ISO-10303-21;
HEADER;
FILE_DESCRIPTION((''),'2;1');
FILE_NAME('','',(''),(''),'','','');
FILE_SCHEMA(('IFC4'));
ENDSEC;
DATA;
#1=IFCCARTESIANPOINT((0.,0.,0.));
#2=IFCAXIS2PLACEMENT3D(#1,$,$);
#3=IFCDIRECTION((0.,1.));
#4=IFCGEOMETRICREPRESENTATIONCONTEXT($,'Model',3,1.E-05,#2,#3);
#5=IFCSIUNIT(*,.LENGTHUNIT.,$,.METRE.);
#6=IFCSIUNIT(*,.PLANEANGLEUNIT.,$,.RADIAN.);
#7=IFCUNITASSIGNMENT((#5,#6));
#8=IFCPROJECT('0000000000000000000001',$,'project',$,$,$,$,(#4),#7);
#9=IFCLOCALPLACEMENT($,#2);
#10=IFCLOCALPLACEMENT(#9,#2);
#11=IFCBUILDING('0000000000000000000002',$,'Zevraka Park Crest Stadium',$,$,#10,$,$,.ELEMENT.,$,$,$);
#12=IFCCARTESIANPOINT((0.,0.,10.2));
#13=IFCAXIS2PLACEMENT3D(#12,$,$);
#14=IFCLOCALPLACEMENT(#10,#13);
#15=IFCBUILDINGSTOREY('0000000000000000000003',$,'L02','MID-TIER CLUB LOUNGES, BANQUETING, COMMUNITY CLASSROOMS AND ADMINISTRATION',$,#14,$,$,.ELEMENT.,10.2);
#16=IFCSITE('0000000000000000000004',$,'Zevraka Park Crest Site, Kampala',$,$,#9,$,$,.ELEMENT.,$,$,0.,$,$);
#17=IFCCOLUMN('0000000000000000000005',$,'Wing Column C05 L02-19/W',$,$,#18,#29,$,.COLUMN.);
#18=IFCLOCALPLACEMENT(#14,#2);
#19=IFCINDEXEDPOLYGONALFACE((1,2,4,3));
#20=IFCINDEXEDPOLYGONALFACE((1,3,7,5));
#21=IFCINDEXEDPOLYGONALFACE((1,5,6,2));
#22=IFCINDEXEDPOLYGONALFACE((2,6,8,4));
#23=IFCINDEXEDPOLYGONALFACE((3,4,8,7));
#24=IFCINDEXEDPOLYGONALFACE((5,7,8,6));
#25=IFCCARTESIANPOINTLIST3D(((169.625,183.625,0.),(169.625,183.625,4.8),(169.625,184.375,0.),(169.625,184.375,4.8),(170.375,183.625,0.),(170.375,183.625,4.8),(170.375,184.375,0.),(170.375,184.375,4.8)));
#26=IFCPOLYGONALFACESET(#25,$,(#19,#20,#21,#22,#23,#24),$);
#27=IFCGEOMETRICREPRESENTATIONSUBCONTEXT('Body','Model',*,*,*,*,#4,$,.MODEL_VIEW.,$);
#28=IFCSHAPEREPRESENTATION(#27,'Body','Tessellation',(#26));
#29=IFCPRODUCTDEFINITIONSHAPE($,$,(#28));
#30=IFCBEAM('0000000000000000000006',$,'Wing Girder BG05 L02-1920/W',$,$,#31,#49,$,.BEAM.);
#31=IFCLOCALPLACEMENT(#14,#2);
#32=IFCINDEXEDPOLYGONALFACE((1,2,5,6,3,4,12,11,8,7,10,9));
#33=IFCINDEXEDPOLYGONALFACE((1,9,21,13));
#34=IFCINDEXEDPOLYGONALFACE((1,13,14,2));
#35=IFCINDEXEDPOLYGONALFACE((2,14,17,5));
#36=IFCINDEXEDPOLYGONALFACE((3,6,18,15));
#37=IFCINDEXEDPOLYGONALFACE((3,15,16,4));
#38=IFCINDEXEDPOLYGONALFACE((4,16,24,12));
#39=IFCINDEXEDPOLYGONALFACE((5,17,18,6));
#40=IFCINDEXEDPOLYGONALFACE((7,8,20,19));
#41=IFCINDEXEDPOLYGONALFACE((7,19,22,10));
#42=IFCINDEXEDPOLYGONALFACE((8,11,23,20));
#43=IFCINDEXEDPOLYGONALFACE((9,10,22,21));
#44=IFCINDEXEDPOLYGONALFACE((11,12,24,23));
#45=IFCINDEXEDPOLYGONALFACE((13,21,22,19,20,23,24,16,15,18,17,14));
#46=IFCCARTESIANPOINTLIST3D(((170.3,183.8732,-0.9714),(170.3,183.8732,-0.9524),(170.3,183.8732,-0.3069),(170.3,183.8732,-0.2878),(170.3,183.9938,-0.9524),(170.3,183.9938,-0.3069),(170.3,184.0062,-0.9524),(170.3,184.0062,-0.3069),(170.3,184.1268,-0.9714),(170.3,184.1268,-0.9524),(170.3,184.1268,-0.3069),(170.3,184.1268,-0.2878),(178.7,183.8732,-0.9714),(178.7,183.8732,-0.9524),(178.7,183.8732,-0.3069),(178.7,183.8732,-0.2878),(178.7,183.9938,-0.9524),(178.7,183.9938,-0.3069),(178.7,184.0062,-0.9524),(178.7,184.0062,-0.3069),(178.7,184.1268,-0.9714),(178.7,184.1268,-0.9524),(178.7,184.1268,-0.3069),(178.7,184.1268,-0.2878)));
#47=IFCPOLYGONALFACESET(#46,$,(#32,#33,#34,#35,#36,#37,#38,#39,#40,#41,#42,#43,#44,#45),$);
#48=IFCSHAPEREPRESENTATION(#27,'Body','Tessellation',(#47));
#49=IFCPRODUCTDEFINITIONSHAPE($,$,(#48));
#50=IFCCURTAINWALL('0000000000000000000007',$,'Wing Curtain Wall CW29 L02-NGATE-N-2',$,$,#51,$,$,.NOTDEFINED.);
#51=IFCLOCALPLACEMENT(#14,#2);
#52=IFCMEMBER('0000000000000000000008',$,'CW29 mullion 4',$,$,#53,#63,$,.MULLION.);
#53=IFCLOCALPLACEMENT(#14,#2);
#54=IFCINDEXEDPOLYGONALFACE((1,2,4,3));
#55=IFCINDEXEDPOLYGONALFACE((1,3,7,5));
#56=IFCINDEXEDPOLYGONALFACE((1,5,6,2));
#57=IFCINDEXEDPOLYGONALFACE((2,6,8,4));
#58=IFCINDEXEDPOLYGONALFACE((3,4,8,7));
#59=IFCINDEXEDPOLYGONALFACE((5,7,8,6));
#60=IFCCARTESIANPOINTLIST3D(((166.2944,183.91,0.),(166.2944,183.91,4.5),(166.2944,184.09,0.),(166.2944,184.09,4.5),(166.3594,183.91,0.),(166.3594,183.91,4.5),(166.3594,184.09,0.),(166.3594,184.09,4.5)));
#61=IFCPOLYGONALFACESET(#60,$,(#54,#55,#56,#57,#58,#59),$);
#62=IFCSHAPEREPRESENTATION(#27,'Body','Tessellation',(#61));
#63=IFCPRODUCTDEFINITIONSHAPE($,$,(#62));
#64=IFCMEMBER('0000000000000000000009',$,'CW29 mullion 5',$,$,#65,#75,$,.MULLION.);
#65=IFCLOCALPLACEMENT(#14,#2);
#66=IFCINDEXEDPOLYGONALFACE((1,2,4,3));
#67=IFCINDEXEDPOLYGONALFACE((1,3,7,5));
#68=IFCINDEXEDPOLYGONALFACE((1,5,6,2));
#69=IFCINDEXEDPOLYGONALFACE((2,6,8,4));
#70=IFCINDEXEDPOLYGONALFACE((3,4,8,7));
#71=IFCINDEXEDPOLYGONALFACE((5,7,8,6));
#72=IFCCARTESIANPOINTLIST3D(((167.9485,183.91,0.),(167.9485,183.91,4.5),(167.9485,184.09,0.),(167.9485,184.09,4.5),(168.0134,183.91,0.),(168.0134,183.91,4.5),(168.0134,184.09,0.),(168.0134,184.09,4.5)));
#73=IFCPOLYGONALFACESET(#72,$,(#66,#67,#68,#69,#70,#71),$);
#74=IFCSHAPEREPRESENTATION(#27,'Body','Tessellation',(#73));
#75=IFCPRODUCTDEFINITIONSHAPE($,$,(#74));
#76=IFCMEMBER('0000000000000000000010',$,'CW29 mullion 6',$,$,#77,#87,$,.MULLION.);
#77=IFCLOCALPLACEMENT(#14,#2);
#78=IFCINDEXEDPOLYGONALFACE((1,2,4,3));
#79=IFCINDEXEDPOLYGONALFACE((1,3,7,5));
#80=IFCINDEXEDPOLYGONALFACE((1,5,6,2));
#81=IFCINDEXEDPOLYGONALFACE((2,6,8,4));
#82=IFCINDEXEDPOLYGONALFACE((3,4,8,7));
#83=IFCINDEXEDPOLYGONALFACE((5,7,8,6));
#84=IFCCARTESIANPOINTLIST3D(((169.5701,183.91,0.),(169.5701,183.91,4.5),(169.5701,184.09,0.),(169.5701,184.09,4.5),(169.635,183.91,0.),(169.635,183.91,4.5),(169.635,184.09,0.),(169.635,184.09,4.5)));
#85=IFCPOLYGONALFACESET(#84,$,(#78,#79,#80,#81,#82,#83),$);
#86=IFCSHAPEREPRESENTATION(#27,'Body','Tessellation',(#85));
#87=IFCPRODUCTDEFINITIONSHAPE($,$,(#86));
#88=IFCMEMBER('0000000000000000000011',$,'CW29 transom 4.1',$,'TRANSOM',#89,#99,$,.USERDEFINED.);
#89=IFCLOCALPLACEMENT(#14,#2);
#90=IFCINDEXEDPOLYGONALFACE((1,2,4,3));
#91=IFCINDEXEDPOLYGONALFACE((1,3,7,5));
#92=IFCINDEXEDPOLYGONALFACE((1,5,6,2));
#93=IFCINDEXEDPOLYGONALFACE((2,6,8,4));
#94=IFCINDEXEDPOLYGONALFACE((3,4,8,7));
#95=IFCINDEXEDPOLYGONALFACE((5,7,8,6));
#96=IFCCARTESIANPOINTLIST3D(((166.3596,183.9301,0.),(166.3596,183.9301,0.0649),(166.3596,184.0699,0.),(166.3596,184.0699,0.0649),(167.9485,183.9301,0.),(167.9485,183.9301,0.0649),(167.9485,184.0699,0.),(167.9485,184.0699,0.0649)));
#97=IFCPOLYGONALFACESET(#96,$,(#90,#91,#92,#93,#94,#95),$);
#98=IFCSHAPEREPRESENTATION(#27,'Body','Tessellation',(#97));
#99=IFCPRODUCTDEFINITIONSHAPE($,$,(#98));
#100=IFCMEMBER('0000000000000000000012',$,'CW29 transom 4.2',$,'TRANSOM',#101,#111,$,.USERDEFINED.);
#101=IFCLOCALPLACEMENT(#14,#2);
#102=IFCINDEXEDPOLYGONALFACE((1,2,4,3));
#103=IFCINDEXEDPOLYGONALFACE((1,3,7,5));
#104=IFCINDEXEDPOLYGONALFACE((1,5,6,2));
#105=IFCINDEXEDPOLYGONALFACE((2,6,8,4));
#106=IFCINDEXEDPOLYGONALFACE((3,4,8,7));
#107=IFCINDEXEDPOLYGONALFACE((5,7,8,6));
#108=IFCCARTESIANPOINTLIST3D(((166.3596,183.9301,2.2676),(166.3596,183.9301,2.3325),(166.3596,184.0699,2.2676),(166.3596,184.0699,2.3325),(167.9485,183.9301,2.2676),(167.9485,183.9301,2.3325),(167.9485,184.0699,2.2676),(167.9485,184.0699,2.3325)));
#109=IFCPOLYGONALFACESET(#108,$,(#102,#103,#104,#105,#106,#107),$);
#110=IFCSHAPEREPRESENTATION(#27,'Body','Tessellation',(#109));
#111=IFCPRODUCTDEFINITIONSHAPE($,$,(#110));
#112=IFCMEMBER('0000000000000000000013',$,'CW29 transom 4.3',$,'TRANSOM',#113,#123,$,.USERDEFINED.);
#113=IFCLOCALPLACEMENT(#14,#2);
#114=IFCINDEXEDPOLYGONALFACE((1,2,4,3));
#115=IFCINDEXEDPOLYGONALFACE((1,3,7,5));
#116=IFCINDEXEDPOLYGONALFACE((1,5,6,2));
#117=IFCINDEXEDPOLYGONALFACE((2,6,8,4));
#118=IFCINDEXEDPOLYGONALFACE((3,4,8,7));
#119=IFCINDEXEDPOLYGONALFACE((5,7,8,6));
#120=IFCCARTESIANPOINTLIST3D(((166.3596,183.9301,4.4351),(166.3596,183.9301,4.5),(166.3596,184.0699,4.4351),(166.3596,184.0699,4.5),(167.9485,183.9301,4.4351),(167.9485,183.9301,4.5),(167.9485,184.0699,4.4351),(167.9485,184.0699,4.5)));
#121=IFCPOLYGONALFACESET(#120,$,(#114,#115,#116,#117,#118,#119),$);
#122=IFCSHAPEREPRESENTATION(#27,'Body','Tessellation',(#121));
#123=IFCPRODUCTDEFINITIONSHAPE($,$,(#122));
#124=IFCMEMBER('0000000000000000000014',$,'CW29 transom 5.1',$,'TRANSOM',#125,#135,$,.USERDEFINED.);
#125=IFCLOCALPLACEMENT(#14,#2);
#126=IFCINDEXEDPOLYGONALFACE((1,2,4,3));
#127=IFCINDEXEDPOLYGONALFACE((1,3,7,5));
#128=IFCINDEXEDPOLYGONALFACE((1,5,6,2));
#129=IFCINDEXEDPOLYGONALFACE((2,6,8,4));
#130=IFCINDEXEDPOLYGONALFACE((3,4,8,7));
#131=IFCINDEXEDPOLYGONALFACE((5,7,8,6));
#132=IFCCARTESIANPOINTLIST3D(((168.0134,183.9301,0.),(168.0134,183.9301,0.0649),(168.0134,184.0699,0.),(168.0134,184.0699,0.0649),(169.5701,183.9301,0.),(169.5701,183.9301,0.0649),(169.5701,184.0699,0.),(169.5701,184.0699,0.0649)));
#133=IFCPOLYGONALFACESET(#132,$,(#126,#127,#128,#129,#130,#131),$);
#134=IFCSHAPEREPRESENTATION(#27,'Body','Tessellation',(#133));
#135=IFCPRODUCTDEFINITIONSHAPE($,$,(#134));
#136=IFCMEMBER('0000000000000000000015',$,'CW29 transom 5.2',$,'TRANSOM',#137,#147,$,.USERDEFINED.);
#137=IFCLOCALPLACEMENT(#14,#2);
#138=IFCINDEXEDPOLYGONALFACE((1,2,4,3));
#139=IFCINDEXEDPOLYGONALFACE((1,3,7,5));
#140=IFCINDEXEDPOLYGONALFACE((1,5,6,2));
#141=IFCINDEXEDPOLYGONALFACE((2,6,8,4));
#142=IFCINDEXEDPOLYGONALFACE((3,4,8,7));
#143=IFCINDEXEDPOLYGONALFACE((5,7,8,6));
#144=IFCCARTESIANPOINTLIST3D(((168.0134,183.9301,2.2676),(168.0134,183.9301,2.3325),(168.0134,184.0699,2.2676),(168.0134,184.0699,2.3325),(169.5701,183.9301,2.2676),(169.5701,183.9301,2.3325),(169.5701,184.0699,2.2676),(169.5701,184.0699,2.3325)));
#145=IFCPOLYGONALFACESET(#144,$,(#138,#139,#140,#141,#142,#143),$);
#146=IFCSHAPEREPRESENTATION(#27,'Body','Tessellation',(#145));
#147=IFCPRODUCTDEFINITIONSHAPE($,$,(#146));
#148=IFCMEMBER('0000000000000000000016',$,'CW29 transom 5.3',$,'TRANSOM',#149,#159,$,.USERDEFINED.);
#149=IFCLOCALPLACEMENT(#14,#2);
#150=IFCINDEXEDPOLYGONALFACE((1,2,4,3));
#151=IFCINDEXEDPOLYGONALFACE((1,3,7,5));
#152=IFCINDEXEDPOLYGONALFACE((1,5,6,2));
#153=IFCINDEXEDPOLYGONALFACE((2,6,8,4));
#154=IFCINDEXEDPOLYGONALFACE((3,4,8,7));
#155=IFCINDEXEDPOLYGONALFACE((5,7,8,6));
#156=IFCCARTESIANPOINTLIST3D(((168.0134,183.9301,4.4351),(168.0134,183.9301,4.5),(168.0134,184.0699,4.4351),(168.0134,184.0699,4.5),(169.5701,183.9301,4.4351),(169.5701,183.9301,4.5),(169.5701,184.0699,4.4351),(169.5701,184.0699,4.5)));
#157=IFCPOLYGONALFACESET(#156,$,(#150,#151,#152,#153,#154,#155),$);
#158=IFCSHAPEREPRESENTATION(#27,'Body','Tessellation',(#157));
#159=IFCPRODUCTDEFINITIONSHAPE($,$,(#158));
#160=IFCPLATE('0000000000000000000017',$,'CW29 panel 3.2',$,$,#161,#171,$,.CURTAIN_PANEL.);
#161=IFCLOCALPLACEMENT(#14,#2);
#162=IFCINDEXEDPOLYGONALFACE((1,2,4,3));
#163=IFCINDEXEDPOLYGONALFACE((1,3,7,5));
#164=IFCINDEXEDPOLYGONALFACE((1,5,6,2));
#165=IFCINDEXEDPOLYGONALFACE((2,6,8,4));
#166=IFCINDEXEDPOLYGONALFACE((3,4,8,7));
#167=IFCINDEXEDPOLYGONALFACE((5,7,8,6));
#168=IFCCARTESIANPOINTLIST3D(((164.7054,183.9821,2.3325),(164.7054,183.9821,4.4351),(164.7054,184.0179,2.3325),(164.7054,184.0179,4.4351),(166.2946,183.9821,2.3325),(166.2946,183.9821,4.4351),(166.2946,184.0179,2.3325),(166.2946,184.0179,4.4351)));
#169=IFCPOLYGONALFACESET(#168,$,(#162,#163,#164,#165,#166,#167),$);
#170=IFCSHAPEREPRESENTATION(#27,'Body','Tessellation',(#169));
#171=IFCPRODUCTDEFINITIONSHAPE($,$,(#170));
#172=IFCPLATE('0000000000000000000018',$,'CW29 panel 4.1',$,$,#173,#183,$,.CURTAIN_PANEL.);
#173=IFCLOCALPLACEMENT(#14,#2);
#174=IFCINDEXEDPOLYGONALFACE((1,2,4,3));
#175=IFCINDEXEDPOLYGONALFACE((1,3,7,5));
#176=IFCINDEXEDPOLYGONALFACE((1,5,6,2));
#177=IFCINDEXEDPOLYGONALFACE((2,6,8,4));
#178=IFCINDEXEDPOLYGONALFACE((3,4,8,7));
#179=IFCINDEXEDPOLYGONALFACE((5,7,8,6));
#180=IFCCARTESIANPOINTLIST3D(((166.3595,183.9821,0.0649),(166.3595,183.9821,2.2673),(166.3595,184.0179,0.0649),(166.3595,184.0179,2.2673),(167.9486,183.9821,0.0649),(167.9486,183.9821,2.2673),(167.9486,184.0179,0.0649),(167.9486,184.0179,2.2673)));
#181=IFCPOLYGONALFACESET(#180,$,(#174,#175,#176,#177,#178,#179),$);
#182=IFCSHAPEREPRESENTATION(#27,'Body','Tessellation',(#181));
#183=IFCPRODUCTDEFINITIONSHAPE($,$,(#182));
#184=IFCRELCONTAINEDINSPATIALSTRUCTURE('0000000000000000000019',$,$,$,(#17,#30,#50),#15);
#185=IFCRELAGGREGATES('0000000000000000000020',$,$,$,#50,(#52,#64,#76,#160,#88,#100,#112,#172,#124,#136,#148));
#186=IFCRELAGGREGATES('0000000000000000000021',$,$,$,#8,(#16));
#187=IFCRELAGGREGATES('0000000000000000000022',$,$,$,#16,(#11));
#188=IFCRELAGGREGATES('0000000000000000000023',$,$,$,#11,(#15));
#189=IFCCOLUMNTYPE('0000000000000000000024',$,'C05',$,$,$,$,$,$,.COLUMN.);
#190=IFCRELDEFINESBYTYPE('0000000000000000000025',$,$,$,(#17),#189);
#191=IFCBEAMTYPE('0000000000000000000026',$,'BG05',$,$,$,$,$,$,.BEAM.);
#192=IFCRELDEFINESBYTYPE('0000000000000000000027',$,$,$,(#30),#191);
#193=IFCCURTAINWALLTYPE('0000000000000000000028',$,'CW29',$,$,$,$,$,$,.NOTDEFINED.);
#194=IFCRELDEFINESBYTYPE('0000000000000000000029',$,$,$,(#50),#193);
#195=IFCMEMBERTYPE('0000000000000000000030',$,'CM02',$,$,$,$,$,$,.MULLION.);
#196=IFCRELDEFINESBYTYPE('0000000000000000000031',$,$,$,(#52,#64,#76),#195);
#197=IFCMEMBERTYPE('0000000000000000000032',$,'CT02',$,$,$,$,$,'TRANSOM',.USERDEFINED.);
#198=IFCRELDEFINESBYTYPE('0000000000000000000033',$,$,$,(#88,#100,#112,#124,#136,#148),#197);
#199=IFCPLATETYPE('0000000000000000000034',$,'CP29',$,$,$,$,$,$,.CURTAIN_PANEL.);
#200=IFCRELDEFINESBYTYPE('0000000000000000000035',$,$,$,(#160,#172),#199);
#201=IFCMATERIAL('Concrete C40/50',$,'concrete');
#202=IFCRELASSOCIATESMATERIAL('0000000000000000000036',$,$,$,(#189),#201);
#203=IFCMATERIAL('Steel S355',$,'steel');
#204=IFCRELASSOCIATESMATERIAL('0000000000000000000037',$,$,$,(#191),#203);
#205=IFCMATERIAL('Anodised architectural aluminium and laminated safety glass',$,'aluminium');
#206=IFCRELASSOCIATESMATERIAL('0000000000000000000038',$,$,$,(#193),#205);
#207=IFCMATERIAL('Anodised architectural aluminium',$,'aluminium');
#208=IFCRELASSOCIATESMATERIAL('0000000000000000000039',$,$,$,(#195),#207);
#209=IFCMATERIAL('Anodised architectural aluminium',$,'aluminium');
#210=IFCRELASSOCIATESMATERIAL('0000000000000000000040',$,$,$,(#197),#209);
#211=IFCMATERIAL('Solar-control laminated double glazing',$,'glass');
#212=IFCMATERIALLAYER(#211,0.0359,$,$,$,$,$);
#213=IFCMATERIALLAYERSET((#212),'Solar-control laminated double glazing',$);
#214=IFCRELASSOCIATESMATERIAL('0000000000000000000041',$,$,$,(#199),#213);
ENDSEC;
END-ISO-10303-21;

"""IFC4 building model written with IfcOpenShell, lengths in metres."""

from ifc_helpers import new_model, si_unit, direction, frame, origin, origin_2d, place, context, subcontext, project, spatial, rectangle, i_section, extrude, material, layer, layer_set, material_profile, profile_set, type_object, element, aggregate, save


model = new_model("IFC4")

# Units and contexts
model_context = context("Model", 3, precision=1e-05, world=origin(), true_north=direction((0.0, 1.0)))
body_context = subcontext(model_context, "Body", "Model", "MODEL_VIEW")
ifc_project = project(units=[si_unit("LENGTHUNIT", "METRE"), si_unit("PLANEANGLEUNIT", "RADIAN")], contexts=[model_context])

# Site, building, storey
site_placement = place(None, origin())
site = spatial("IfcSite", under=ifc_project, at=site_placement, Name="Zevraka Park Crest Site, Kampala", CompositionType="ELEMENT", RefElevation=0.0)
building_placement = place(site_placement, origin())
building = spatial("IfcBuilding", under=site, at=building_placement, Name="Zevraka Park Crest Stadium", CompositionType="ELEMENT")
storey_placement = place(building_placement, frame((0.0, 0.0, 10.2)))
storey = spatial("IfcBuildingStorey", under=building, at=storey_placement, Name="L02", Description="MID-TIER CLUB LOUNGES, BANQUETING, COMMUNITY CLASSROOMS AND ADMINISTRATION", CompositionType="ELEMENT", Elevation=10.2)

# Column
ifc_material_1 = material(Name="Concrete C40/50", Category="concrete")
ifc_material_profile_1 = material_profile(ifc_material_1, rectangle(XDim=0.75, YDim=0.75, at=origin_2d()), Name="RC 750x750")
ifc_profile_set_1 = profile_set([ifc_material_profile_1], Name="Concrete C40/50")
column_type = type_object("IfcColumnType", Name="C05", PredefinedType="COLUMN", material=ifc_profile_set_1)
column_placement = place(storey_placement, frame((170.0, 184.0, 0.0), z_axis=(0.0, 0.0, 1.0), x_axis=(1.0, 0.0, 0.0)))
element("IfcColumn", 1, at=column_placement, inside=storey, type_object=column_type, Name="Wing Column C05 L02-19/W", PredefinedType="COLUMN", context=body_context, shape_type="SweptSolid", body=[
    extrude(rectangle(XDim=0.75, YDim=0.75, at=origin_2d()), origin(), (0.0, 0.0, 1.0), 4.8),
])

# Beam
ifc_material_2 = material(Name="Steel S355", Category="steel")
ifc_material_profile_2 = material_profile(ifc_material_2, i_section(OverallWidth=0.2537, OverallDepth=0.6836, WebThickness=0.0125, FlangeThickness=0.019, at=origin_2d()), Name="UKB 686x254x140")
ifc_profile_set_2 = profile_set([ifc_material_profile_2], Name="Steel S355")
beam_type = type_object("IfcBeamType", Name="BG05", PredefinedType="BEAM", material=ifc_profile_set_2)
beam_placement = place(storey_placement, frame((170.3, 184.0, -0.6296), z_axis=(1.0, 0.0, 0.0), x_axis=(0.0, 1.0, 0.0)))
element("IfcBeam", 2, at=beam_placement, inside=storey, type_object=beam_type, Name="Wing Girder BG05 L02-1920/W", PredefinedType="BEAM", context=body_context, shape_type="SweptSolid", body=[
    extrude(i_section(OverallWidth=0.2537, OverallDepth=0.6836, WebThickness=0.0125, FlangeThickness=0.019, at=origin_2d()), origin(), (0.0, 0.0, 1.0), 8.3999),
])

# Curtain wall, members, plates
ifc_material_3 = material(Name="Anodised architectural aluminium and laminated safety glass", Category="aluminium")
curtain_wall_type = type_object("IfcCurtainWallType", Name="CW29", PredefinedType="NOTDEFINED", material=ifc_material_3)
curtain_wall_placement = place(storey_placement, origin())
curtain_wall = element("IfcCurtainWall", 3, at=curtain_wall_placement, inside=storey, type_object=curtain_wall_type, Name="Wing Curtain Wall CW29 L02-NGATE-N-2", PredefinedType="NOTDEFINED")
ifc_material_4 = material(Name="Anodised architectural aluminium", Category="aluminium")
ifc_material_profile_3 = material_profile(ifc_material_4, rectangle(XDim=0.1799, YDim=0.0649, at=origin_2d()), Name="ALU MULLION 180x65")
ifc_profile_set_3 = profile_set([ifc_material_profile_3], Name="Anodised architectural aluminium")
member_type_1 = type_object("IfcMemberType", Name="CM02", PredefinedType="MULLION", material=ifc_profile_set_3)
member_1_placement = place(storey_placement, frame((166.3269, 184.0, 0.0), z_axis=(0.0, 0.0, 1.0), x_axis=(0.0, 1.0, 0.0)))
member_1 = element("IfcMember", 4, at=member_1_placement, type_object=member_type_1, Name="CW29 mullion 4", PredefinedType="MULLION", context=body_context, shape_type="SweptSolid", body=[
    extrude(rectangle(XDim=0.1799, YDim=0.0649, at=origin_2d()), origin(), (0.0, 0.0, 1.0), 4.5),
])
member_2_placement = place(storey_placement, frame((167.981, 184.0, 0.0), z_axis=(0.0, 0.0, 1.0), x_axis=(0.0, 1.0, 0.0)))
member_2 = element("IfcMember", 5, at=member_2_placement, type_object=member_type_1, Name="CW29 mullion 5", PredefinedType="MULLION", context=body_context, shape_type="SweptSolid", body=[
    extrude(rectangle(XDim=0.1799, YDim=0.0649, at=origin_2d()), origin(), (0.0, 0.0, 1.0), 4.5),
])
member_3_placement = place(storey_placement, frame((169.6025, 184.0, 0.0), z_axis=(0.0, 0.0, 1.0), x_axis=(0.0, 1.0, 0.0)))
member_3 = element("IfcMember", 6, at=member_3_placement, type_object=member_type_1, Name="CW29 mullion 6", PredefinedType="MULLION", context=body_context, shape_type="SweptSolid", body=[
    extrude(rectangle(XDim=0.1799, YDim=0.0649, at=origin_2d()), origin(), (0.0, 0.0, 1.0), 4.5),
])
ifc_material_5 = material(Name="Anodised architectural aluminium", Category="aluminium")
ifc_material_profile_4 = material_profile(ifc_material_5, rectangle(XDim=0.1399, YDim=0.0649, at=origin_2d()), Name="ALU TRANSOM 140x65")
ifc_profile_set_4 = profile_set([ifc_material_profile_4], Name="Anodised architectural aluminium")
member_type_2 = type_object("IfcMemberType", Name="CT02", ElementType="TRANSOM", PredefinedType="USERDEFINED", material=ifc_profile_set_4)
member_4_placement = place(storey_placement, frame((166.3596, 184.0, 0.0325), z_axis=(1.0, 0.0, 0.0), x_axis=(0.0, 1.0, 0.0)))
member_4 = element("IfcMember", 7, at=member_4_placement, type_object=member_type_2, Name="CW29 transom 4.1", ObjectType="TRANSOM", PredefinedType="USERDEFINED", context=body_context, shape_type="SweptSolid", body=[
    extrude(rectangle(XDim=0.1399, YDim=0.0649, at=origin_2d()), origin(), (0.0, 0.0, 1.0), 1.5889),
])
member_5_placement = place(storey_placement, frame((166.3596, 184.0, 2.3), z_axis=(1.0, 0.0, 0.0), x_axis=(0.0, 1.0, 0.0)))
member_5 = element("IfcMember", 8, at=member_5_placement, type_object=member_type_2, Name="CW29 transom 4.2", ObjectType="TRANSOM", PredefinedType="USERDEFINED", context=body_context, shape_type="SweptSolid", body=[
    extrude(rectangle(XDim=0.1399, YDim=0.0649, at=origin_2d()), origin(), (0.0, 0.0, 1.0), 1.5889),
])
member_6_placement = place(storey_placement, frame((166.3596, 184.0, 4.4675), z_axis=(1.0, 0.0, 0.0), x_axis=(0.0, 1.0, 0.0)))
member_6 = element("IfcMember", 9, at=member_6_placement, type_object=member_type_2, Name="CW29 transom 4.3", ObjectType="TRANSOM", PredefinedType="USERDEFINED", context=body_context, shape_type="SweptSolid", body=[
    extrude(rectangle(XDim=0.1399, YDim=0.0649, at=origin_2d()), origin(), (0.0, 0.0, 1.0), 1.5889),
])
member_7_placement = place(storey_placement, frame((168.0134, 184.0, 0.0325), z_axis=(1.0, 0.0, 0.0), x_axis=(0.0, 1.0, 0.0)))
member_7 = element("IfcMember", 10, at=member_7_placement, type_object=member_type_2, Name="CW29 transom 5.1", ObjectType="TRANSOM", PredefinedType="USERDEFINED", context=body_context, shape_type="SweptSolid", body=[
    extrude(rectangle(XDim=0.1399, YDim=0.0649, at=origin_2d()), origin(), (0.0, 0.0, 1.0), 1.5566),
])
member_8_placement = place(storey_placement, frame((168.0134, 184.0, 2.3), z_axis=(1.0, 0.0, 0.0), x_axis=(0.0, 1.0, 0.0)))
member_8 = element("IfcMember", 11, at=member_8_placement, type_object=member_type_2, Name="CW29 transom 5.2", ObjectType="TRANSOM", PredefinedType="USERDEFINED", context=body_context, shape_type="SweptSolid", body=[
    extrude(rectangle(XDim=0.1399, YDim=0.0649, at=origin_2d()), origin(), (0.0, 0.0, 1.0), 1.5566),
])
member_9_placement = place(storey_placement, frame((168.0134, 184.0, 4.4675), z_axis=(1.0, 0.0, 0.0), x_axis=(0.0, 1.0, 0.0)))
member_9 = element("IfcMember", 12, at=member_9_placement, type_object=member_type_2, Name="CW29 transom 5.3", ObjectType="TRANSOM", PredefinedType="USERDEFINED", context=body_context, shape_type="SweptSolid", body=[
    extrude(rectangle(XDim=0.1399, YDim=0.0649, at=origin_2d()), origin(), (0.0, 0.0, 1.0), 1.5566),
])
ifc_material_6 = material(Name="Solar-control laminated double glazing", Category="glass")
ifc_layer_1 = layer(ifc_material_6, 0.0359)
ifc_layer_set_1 = layer_set([ifc_layer_1], Name="Solar-control laminated double glazing")
plate_type = type_object("IfcPlateType", Name="CP29", PredefinedType="CURTAIN_PANEL", material=ifc_layer_set_1)
plate_1_placement = place(storey_placement, frame((165.5, 184.0, 2.3325), z_axis=(0.0, 0.0, 1.0), x_axis=(1.0, 0.0, 0.0)))
plate_1 = element("IfcPlate", 13, at=plate_1_placement, type_object=plate_type, Name="CW29 panel 3.2", PredefinedType="CURTAIN_PANEL", context=body_context, shape_type="SweptSolid", body=[
    extrude(rectangle(XDim=1.5891, YDim=0.0359, at=origin_2d()), origin(), (0.0, 0.0, 1.0), 2.1025),
])
plate_2_placement = place(storey_placement, frame((167.1541, 184.0, 0.0649), z_axis=(0.0, 0.0, 1.0), x_axis=(1.0, 0.0, 0.0)))
plate_2 = element("IfcPlate", 14, at=plate_2_placement, type_object=plate_type, Name="CW29 panel 4.1", PredefinedType="CURTAIN_PANEL", context=body_context, shape_type="SweptSolid", body=[
    extrude(rectangle(XDim=1.5891, YDim=0.0359, at=origin_2d()), origin(), (0.0, 0.0, 1.0), 2.2024),
])
aggregate(curtain_wall, [member_1, member_2, member_3, plate_1, member_4, member_5, member_6, plate_2, member_7, member_8, member_9])

save(model, "model.ifc")
